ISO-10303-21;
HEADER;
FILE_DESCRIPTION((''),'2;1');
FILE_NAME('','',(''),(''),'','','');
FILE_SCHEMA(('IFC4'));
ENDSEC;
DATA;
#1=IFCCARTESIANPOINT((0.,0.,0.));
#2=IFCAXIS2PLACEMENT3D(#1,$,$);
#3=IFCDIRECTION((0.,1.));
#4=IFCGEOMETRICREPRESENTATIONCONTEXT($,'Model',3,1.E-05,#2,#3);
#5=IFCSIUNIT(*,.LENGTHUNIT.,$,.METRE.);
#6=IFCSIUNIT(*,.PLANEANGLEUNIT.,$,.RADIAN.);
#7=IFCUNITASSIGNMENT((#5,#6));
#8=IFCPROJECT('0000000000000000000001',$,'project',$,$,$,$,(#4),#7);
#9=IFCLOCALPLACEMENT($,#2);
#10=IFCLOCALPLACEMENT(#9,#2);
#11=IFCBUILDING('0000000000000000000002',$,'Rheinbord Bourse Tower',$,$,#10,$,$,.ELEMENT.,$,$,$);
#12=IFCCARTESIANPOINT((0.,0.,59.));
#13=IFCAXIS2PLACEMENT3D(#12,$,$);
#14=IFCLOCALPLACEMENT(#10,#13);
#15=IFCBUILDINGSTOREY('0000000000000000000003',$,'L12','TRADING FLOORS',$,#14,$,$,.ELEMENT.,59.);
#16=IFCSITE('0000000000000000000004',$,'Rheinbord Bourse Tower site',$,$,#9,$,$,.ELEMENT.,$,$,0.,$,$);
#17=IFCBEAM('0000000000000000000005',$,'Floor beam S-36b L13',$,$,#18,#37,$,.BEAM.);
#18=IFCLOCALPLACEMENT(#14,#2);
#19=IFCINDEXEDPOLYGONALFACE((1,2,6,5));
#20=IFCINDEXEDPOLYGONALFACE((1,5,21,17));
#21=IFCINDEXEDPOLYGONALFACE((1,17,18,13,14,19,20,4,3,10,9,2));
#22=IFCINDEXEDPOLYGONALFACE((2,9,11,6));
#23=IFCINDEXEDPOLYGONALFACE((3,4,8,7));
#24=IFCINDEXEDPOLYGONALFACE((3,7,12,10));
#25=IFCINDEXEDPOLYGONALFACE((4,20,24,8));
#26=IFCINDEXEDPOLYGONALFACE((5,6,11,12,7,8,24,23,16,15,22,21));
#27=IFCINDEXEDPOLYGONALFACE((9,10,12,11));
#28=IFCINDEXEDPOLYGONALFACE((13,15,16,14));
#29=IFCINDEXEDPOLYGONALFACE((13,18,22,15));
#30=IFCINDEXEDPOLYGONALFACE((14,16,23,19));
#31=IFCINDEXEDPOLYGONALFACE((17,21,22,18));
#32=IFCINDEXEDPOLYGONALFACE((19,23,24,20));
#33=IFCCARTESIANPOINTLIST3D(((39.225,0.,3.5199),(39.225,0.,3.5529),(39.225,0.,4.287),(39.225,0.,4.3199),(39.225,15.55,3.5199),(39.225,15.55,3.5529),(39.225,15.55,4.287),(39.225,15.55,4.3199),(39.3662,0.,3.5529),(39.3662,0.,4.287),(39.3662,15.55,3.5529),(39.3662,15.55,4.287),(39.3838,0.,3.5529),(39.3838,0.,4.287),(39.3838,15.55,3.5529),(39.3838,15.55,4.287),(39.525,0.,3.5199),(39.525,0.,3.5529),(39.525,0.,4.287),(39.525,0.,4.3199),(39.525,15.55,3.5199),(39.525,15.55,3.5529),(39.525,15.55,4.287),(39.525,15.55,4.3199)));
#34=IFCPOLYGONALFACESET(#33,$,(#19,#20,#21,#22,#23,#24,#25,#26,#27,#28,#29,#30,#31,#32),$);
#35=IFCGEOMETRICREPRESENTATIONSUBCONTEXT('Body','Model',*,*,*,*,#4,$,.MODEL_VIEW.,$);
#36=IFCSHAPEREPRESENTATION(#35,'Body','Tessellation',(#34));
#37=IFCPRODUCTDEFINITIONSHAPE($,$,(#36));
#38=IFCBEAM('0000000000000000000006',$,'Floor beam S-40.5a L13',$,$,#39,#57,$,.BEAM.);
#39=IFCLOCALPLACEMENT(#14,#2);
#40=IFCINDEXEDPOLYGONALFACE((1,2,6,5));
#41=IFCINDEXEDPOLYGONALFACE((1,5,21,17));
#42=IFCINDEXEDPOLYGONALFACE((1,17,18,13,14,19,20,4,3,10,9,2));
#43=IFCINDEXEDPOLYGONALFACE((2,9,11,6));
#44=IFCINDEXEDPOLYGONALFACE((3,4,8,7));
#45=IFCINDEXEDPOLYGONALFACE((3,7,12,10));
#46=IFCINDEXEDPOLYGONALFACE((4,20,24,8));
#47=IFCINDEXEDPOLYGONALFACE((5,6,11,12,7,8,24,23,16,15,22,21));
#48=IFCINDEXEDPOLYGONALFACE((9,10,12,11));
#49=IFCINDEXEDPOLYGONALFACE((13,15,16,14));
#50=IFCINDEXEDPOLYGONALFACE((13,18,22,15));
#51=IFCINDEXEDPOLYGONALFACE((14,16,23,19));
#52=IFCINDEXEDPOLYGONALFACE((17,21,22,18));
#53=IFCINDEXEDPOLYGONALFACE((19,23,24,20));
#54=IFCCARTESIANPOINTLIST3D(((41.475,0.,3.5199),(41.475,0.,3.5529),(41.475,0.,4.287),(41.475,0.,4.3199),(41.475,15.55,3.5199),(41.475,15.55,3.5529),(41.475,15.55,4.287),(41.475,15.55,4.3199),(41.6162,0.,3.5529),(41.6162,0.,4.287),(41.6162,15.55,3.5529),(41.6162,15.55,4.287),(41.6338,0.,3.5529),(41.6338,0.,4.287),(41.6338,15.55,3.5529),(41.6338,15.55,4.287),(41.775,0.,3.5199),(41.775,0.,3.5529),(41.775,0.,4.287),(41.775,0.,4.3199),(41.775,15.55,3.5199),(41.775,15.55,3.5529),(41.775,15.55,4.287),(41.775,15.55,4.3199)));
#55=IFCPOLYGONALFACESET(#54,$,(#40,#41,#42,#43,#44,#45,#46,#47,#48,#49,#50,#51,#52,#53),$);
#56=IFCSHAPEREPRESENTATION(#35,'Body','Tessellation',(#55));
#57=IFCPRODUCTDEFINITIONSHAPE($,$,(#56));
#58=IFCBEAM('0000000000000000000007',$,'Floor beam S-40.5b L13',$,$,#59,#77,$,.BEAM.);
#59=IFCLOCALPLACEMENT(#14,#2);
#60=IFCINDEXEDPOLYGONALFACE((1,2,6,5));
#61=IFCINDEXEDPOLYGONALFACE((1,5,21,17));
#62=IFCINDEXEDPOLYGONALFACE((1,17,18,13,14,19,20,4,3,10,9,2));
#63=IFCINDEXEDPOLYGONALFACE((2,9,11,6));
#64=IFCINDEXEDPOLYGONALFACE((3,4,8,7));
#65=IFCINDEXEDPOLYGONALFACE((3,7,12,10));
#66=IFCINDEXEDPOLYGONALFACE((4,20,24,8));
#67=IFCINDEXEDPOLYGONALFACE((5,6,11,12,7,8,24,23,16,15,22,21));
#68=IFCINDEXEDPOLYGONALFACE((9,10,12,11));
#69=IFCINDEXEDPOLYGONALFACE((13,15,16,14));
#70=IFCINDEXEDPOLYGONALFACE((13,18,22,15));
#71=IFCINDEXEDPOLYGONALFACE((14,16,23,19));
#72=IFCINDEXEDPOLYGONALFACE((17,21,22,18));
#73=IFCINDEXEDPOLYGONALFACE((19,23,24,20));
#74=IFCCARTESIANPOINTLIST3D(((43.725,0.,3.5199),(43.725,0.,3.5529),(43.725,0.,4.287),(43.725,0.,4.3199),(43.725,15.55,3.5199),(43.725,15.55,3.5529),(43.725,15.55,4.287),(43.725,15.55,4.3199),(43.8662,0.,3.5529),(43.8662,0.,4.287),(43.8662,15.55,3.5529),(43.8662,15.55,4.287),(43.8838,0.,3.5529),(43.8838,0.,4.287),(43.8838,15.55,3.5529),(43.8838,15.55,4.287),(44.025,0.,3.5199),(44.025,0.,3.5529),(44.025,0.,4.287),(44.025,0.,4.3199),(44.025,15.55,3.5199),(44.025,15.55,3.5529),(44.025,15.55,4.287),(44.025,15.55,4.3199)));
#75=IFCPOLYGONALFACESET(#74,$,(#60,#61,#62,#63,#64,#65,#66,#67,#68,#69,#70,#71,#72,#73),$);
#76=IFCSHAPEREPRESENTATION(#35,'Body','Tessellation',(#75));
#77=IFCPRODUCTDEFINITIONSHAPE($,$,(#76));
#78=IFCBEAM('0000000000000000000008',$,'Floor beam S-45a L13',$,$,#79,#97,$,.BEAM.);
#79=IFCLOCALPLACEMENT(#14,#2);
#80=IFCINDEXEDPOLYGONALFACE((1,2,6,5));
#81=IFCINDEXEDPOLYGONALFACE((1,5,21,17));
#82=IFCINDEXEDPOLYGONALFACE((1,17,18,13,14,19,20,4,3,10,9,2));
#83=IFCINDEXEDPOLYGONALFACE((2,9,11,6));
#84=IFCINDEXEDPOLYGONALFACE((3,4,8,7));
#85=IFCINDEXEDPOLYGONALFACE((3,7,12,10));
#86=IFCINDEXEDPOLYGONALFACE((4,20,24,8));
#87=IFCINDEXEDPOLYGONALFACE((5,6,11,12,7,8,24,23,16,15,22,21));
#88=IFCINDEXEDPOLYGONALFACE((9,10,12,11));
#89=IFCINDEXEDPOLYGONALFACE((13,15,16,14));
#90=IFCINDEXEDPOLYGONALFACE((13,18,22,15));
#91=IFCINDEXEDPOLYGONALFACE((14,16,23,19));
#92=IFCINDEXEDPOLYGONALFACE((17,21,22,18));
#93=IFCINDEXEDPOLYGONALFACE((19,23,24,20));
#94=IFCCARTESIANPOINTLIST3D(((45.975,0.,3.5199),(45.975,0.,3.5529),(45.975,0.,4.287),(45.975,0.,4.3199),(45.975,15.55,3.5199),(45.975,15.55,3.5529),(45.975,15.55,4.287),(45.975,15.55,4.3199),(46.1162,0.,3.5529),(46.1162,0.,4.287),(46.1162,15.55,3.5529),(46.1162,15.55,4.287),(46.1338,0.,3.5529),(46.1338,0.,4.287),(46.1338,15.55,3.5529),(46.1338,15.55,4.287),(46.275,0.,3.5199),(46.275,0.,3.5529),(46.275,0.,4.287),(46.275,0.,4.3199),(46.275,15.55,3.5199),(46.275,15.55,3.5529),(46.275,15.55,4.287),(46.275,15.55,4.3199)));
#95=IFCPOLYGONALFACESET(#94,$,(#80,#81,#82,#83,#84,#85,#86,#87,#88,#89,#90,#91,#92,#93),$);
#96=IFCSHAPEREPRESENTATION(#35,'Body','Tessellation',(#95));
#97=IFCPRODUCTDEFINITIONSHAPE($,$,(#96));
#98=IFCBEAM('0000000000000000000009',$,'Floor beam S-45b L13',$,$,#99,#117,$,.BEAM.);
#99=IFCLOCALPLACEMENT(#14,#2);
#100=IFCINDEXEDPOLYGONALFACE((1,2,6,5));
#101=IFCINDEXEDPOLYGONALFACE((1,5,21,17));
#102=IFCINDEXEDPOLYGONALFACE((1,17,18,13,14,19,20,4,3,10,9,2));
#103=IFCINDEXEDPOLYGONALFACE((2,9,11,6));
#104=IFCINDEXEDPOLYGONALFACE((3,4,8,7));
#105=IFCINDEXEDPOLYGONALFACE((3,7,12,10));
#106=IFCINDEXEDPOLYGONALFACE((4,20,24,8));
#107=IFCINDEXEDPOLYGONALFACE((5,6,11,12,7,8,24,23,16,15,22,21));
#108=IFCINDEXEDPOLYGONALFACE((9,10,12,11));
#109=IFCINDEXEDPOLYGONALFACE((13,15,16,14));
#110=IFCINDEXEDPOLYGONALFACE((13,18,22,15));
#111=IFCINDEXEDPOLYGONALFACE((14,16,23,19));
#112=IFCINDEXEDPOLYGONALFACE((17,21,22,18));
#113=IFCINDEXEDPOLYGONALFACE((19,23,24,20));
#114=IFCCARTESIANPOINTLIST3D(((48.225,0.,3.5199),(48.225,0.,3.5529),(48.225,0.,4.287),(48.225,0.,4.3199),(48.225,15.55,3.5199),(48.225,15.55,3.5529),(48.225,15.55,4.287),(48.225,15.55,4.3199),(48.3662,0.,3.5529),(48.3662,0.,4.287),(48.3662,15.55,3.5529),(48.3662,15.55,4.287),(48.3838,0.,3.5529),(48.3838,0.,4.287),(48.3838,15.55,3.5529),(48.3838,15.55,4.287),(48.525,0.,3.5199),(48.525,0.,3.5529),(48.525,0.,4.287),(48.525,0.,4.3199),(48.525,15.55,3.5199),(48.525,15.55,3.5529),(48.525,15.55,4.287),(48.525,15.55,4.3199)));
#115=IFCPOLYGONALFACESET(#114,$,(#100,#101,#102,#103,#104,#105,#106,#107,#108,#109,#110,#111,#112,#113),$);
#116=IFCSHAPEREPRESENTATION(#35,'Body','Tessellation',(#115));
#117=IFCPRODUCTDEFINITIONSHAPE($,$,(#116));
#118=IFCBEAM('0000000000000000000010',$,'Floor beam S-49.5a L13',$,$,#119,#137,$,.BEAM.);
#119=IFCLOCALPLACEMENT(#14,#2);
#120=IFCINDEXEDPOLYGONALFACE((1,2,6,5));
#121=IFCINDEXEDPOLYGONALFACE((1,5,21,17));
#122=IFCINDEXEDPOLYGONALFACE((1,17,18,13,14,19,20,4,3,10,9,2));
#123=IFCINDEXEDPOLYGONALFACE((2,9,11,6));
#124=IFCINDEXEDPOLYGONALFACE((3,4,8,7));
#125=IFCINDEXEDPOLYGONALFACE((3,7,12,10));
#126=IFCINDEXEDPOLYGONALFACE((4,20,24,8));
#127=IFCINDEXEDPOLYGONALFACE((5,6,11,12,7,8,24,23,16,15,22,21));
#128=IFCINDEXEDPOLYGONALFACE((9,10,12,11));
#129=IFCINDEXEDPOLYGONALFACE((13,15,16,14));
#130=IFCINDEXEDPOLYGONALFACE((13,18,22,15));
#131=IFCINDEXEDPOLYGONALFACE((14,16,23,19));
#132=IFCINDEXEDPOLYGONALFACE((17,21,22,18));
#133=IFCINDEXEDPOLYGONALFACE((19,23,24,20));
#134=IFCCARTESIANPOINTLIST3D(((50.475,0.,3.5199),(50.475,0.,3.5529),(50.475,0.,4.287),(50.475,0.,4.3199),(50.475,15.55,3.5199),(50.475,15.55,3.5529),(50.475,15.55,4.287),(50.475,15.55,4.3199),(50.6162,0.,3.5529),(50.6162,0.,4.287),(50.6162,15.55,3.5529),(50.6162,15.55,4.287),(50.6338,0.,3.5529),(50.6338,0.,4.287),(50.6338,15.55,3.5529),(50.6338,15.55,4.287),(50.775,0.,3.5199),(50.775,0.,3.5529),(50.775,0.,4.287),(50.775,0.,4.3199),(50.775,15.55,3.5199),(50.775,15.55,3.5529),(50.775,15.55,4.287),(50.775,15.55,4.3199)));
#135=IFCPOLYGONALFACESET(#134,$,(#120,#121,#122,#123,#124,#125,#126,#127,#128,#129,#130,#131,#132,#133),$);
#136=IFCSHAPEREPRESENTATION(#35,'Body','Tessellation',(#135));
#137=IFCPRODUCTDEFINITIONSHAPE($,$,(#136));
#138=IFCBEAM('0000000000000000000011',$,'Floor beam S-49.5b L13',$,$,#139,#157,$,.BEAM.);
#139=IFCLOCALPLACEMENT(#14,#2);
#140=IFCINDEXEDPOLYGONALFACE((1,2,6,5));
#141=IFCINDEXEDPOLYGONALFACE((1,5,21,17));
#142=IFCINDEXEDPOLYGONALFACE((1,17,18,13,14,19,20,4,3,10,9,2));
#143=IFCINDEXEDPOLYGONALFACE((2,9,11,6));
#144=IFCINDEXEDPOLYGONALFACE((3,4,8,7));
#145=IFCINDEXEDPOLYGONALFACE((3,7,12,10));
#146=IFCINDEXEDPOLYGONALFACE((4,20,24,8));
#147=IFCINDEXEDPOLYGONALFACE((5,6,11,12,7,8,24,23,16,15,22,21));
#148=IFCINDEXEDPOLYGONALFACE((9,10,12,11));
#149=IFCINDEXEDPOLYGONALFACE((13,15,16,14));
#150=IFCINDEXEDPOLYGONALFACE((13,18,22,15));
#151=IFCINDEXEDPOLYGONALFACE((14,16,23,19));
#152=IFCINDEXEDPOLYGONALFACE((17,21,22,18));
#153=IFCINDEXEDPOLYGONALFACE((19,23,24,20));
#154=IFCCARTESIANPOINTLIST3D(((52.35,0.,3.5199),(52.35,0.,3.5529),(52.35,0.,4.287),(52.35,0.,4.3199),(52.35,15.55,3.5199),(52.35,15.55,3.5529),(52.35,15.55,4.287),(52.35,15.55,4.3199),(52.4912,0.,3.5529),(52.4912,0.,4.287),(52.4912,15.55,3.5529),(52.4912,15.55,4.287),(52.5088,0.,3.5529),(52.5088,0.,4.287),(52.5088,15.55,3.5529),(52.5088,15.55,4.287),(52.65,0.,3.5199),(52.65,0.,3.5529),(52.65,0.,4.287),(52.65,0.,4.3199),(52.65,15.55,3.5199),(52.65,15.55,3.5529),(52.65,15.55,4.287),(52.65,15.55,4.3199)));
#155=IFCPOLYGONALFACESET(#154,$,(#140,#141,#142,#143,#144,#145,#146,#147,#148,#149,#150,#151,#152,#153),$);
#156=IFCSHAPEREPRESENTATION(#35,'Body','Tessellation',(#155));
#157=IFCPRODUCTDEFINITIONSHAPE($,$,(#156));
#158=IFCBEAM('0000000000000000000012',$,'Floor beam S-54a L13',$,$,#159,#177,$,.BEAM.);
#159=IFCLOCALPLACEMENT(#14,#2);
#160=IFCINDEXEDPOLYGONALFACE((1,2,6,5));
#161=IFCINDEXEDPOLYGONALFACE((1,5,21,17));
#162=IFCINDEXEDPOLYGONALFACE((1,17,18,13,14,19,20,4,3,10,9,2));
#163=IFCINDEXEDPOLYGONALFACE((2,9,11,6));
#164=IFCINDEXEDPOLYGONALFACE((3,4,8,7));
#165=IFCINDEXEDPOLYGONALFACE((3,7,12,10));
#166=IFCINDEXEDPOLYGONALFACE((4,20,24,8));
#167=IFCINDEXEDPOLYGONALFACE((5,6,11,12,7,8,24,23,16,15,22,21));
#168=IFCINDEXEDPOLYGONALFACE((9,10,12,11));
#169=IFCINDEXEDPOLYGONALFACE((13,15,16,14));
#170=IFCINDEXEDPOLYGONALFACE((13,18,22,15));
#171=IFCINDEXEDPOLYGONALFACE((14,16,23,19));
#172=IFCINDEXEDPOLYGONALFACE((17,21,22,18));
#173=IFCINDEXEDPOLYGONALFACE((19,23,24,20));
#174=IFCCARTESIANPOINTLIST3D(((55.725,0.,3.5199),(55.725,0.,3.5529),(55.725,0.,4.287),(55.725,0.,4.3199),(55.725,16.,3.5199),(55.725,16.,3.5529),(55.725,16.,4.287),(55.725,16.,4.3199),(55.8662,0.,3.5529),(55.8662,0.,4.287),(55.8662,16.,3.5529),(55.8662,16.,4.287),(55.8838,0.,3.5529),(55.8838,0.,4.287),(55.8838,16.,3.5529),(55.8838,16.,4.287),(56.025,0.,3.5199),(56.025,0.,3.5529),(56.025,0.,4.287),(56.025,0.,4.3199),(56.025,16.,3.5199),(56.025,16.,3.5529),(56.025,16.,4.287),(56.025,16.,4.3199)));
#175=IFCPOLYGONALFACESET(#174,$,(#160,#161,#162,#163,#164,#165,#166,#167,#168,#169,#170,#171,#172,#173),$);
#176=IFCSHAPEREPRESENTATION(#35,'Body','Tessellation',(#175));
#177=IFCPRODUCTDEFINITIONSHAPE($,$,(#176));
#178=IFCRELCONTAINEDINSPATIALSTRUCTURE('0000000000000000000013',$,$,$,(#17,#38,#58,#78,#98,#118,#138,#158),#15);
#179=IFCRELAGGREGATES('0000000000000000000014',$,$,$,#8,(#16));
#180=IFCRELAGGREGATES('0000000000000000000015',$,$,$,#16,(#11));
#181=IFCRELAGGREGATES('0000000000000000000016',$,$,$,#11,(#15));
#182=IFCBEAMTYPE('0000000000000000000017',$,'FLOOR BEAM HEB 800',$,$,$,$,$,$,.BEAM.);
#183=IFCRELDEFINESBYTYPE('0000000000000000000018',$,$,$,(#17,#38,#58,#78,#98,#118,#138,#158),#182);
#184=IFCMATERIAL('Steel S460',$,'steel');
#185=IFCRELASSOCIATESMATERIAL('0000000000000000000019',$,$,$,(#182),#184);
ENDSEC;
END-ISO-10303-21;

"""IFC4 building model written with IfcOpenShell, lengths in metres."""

from ifc_helpers import new_model, si_unit, direction, frame, origin, origin_2d, place, context, subcontext, project, spatial, i_section, extrude, material, material_profile, profile_set, type_object, element, save


model = new_model("IFC4")

# Units and contexts
model_context = context("Model", 3, precision=1e-05, world=origin(), true_north=direction((0.0, 1.0)))
body_context = subcontext(model_context, "Body", "Model", "MODEL_VIEW")
ifc_project = project(units=[si_unit("LENGTHUNIT", "METRE"), si_unit("PLANEANGLEUNIT", "RADIAN")], contexts=[model_context])

# Site, building, storey
site_placement = place(None, origin())
site = spatial("IfcSite", under=ifc_project, at=site_placement, Name="Rheinbord Bourse Tower site", CompositionType="ELEMENT", RefElevation=0.0)
building_placement = place(site_placement, origin())
building = spatial("IfcBuilding", under=site, at=building_placement, Name="Rheinbord Bourse Tower", CompositionType="ELEMENT")
storey_placement = place(building_placement, frame((0.0, 0.0, 59.0)))
storey = spatial("IfcBuildingStorey", under=building, at=storey_placement, Name="L12", Description="TRADING FLOORS", CompositionType="ELEMENT", Elevation=59.0)

# Beams
ifc_material_1 = material(Name="Steel S460", Category="steel")
ifc_material_profile_1 = material_profile(ifc_material_1, i_section(OverallWidth=0.3, OverallDepth=0.8, WebThickness=0.0176, FlangeThickness=0.033, at=origin_2d()), Name="HEB 800")
ifc_profile_set_1 = profile_set([ifc_material_profile_1], Name="Steel S460")
beam_type_1 = type_object("IfcBeamType", Name="FLOOR BEAM HEB 800", PredefinedType="BEAM", material=ifc_profile_set_1)
for number, where, z_axis, x_axis, name in (
    (1, (39.375, 0.0, 3.9199), (0.0, 1.0, 0.0), (-1.0, 0.0, 0.0), "Floor beam S-36b L13"),
    (2, (41.625, 0.0, 3.9199), (0.0, 1.0, 0.0), (-1.0, 0.0, 0.0), "Floor beam S-40.5a L13"),
    (3, (43.875, 0.0, 3.9199), (0.0, 1.0, 0.0), (-1.0, 0.0, 0.0), "Floor beam S-40.5b L13"),
    (4, (46.125, 0.0, 3.9199), (0.0, 1.0, 0.0), (-1.0, 0.0, 0.0), "Floor beam S-45a L13"),
    (5, (48.375, 0.0, 3.9199), (0.0, 1.0, 0.0), (-1.0, 0.0, 0.0), "Floor beam S-45b L13"),
    (6, (50.625, 0.0, 3.9199), (0.0, 1.0, 0.0), (-1.0, 0.0, 0.0), "Floor beam S-49.5a L13"),
    (7, (52.5, 0.0, 3.9199), (0.0, 1.0, 0.0), (-1.0, 0.0, 0.0), "Floor beam S-49.5b L13"),
):
    element("IfcBeam", number, at=place(storey_placement, frame(where, z_axis=z_axis, x_axis=x_axis)), inside=storey, type_object=beam_type_1, Name=name, PredefinedType="BEAM", context=body_context, shape_type="SweptSolid", body=[
        extrude(i_section(OverallWidth=0.3, OverallDepth=0.8, WebThickness=0.0176, FlangeThickness=0.033, at=origin_2d()), origin(), (0.0, 0.0, 1.0), 15.55),
    ])
beam_placement = place(storey_placement, frame((55.875, 0.0, 3.9199), z_axis=(0.0, 1.0, 0.0), x_axis=(-1.0, 0.0, 0.0)))
element("IfcBeam", 8, at=beam_placement, inside=storey, type_object=beam_type_1, Name="Floor beam S-54a L13", PredefinedType="BEAM", context=body_context, shape_type="SweptSolid", body=[
    extrude(i_section(OverallWidth=0.3, OverallDepth=0.8, WebThickness=0.0176, FlangeThickness=0.033, at=origin_2d()), origin(), (0.0, 0.0, 1.0), 16.0),
])

save(model, "model.ifc")
